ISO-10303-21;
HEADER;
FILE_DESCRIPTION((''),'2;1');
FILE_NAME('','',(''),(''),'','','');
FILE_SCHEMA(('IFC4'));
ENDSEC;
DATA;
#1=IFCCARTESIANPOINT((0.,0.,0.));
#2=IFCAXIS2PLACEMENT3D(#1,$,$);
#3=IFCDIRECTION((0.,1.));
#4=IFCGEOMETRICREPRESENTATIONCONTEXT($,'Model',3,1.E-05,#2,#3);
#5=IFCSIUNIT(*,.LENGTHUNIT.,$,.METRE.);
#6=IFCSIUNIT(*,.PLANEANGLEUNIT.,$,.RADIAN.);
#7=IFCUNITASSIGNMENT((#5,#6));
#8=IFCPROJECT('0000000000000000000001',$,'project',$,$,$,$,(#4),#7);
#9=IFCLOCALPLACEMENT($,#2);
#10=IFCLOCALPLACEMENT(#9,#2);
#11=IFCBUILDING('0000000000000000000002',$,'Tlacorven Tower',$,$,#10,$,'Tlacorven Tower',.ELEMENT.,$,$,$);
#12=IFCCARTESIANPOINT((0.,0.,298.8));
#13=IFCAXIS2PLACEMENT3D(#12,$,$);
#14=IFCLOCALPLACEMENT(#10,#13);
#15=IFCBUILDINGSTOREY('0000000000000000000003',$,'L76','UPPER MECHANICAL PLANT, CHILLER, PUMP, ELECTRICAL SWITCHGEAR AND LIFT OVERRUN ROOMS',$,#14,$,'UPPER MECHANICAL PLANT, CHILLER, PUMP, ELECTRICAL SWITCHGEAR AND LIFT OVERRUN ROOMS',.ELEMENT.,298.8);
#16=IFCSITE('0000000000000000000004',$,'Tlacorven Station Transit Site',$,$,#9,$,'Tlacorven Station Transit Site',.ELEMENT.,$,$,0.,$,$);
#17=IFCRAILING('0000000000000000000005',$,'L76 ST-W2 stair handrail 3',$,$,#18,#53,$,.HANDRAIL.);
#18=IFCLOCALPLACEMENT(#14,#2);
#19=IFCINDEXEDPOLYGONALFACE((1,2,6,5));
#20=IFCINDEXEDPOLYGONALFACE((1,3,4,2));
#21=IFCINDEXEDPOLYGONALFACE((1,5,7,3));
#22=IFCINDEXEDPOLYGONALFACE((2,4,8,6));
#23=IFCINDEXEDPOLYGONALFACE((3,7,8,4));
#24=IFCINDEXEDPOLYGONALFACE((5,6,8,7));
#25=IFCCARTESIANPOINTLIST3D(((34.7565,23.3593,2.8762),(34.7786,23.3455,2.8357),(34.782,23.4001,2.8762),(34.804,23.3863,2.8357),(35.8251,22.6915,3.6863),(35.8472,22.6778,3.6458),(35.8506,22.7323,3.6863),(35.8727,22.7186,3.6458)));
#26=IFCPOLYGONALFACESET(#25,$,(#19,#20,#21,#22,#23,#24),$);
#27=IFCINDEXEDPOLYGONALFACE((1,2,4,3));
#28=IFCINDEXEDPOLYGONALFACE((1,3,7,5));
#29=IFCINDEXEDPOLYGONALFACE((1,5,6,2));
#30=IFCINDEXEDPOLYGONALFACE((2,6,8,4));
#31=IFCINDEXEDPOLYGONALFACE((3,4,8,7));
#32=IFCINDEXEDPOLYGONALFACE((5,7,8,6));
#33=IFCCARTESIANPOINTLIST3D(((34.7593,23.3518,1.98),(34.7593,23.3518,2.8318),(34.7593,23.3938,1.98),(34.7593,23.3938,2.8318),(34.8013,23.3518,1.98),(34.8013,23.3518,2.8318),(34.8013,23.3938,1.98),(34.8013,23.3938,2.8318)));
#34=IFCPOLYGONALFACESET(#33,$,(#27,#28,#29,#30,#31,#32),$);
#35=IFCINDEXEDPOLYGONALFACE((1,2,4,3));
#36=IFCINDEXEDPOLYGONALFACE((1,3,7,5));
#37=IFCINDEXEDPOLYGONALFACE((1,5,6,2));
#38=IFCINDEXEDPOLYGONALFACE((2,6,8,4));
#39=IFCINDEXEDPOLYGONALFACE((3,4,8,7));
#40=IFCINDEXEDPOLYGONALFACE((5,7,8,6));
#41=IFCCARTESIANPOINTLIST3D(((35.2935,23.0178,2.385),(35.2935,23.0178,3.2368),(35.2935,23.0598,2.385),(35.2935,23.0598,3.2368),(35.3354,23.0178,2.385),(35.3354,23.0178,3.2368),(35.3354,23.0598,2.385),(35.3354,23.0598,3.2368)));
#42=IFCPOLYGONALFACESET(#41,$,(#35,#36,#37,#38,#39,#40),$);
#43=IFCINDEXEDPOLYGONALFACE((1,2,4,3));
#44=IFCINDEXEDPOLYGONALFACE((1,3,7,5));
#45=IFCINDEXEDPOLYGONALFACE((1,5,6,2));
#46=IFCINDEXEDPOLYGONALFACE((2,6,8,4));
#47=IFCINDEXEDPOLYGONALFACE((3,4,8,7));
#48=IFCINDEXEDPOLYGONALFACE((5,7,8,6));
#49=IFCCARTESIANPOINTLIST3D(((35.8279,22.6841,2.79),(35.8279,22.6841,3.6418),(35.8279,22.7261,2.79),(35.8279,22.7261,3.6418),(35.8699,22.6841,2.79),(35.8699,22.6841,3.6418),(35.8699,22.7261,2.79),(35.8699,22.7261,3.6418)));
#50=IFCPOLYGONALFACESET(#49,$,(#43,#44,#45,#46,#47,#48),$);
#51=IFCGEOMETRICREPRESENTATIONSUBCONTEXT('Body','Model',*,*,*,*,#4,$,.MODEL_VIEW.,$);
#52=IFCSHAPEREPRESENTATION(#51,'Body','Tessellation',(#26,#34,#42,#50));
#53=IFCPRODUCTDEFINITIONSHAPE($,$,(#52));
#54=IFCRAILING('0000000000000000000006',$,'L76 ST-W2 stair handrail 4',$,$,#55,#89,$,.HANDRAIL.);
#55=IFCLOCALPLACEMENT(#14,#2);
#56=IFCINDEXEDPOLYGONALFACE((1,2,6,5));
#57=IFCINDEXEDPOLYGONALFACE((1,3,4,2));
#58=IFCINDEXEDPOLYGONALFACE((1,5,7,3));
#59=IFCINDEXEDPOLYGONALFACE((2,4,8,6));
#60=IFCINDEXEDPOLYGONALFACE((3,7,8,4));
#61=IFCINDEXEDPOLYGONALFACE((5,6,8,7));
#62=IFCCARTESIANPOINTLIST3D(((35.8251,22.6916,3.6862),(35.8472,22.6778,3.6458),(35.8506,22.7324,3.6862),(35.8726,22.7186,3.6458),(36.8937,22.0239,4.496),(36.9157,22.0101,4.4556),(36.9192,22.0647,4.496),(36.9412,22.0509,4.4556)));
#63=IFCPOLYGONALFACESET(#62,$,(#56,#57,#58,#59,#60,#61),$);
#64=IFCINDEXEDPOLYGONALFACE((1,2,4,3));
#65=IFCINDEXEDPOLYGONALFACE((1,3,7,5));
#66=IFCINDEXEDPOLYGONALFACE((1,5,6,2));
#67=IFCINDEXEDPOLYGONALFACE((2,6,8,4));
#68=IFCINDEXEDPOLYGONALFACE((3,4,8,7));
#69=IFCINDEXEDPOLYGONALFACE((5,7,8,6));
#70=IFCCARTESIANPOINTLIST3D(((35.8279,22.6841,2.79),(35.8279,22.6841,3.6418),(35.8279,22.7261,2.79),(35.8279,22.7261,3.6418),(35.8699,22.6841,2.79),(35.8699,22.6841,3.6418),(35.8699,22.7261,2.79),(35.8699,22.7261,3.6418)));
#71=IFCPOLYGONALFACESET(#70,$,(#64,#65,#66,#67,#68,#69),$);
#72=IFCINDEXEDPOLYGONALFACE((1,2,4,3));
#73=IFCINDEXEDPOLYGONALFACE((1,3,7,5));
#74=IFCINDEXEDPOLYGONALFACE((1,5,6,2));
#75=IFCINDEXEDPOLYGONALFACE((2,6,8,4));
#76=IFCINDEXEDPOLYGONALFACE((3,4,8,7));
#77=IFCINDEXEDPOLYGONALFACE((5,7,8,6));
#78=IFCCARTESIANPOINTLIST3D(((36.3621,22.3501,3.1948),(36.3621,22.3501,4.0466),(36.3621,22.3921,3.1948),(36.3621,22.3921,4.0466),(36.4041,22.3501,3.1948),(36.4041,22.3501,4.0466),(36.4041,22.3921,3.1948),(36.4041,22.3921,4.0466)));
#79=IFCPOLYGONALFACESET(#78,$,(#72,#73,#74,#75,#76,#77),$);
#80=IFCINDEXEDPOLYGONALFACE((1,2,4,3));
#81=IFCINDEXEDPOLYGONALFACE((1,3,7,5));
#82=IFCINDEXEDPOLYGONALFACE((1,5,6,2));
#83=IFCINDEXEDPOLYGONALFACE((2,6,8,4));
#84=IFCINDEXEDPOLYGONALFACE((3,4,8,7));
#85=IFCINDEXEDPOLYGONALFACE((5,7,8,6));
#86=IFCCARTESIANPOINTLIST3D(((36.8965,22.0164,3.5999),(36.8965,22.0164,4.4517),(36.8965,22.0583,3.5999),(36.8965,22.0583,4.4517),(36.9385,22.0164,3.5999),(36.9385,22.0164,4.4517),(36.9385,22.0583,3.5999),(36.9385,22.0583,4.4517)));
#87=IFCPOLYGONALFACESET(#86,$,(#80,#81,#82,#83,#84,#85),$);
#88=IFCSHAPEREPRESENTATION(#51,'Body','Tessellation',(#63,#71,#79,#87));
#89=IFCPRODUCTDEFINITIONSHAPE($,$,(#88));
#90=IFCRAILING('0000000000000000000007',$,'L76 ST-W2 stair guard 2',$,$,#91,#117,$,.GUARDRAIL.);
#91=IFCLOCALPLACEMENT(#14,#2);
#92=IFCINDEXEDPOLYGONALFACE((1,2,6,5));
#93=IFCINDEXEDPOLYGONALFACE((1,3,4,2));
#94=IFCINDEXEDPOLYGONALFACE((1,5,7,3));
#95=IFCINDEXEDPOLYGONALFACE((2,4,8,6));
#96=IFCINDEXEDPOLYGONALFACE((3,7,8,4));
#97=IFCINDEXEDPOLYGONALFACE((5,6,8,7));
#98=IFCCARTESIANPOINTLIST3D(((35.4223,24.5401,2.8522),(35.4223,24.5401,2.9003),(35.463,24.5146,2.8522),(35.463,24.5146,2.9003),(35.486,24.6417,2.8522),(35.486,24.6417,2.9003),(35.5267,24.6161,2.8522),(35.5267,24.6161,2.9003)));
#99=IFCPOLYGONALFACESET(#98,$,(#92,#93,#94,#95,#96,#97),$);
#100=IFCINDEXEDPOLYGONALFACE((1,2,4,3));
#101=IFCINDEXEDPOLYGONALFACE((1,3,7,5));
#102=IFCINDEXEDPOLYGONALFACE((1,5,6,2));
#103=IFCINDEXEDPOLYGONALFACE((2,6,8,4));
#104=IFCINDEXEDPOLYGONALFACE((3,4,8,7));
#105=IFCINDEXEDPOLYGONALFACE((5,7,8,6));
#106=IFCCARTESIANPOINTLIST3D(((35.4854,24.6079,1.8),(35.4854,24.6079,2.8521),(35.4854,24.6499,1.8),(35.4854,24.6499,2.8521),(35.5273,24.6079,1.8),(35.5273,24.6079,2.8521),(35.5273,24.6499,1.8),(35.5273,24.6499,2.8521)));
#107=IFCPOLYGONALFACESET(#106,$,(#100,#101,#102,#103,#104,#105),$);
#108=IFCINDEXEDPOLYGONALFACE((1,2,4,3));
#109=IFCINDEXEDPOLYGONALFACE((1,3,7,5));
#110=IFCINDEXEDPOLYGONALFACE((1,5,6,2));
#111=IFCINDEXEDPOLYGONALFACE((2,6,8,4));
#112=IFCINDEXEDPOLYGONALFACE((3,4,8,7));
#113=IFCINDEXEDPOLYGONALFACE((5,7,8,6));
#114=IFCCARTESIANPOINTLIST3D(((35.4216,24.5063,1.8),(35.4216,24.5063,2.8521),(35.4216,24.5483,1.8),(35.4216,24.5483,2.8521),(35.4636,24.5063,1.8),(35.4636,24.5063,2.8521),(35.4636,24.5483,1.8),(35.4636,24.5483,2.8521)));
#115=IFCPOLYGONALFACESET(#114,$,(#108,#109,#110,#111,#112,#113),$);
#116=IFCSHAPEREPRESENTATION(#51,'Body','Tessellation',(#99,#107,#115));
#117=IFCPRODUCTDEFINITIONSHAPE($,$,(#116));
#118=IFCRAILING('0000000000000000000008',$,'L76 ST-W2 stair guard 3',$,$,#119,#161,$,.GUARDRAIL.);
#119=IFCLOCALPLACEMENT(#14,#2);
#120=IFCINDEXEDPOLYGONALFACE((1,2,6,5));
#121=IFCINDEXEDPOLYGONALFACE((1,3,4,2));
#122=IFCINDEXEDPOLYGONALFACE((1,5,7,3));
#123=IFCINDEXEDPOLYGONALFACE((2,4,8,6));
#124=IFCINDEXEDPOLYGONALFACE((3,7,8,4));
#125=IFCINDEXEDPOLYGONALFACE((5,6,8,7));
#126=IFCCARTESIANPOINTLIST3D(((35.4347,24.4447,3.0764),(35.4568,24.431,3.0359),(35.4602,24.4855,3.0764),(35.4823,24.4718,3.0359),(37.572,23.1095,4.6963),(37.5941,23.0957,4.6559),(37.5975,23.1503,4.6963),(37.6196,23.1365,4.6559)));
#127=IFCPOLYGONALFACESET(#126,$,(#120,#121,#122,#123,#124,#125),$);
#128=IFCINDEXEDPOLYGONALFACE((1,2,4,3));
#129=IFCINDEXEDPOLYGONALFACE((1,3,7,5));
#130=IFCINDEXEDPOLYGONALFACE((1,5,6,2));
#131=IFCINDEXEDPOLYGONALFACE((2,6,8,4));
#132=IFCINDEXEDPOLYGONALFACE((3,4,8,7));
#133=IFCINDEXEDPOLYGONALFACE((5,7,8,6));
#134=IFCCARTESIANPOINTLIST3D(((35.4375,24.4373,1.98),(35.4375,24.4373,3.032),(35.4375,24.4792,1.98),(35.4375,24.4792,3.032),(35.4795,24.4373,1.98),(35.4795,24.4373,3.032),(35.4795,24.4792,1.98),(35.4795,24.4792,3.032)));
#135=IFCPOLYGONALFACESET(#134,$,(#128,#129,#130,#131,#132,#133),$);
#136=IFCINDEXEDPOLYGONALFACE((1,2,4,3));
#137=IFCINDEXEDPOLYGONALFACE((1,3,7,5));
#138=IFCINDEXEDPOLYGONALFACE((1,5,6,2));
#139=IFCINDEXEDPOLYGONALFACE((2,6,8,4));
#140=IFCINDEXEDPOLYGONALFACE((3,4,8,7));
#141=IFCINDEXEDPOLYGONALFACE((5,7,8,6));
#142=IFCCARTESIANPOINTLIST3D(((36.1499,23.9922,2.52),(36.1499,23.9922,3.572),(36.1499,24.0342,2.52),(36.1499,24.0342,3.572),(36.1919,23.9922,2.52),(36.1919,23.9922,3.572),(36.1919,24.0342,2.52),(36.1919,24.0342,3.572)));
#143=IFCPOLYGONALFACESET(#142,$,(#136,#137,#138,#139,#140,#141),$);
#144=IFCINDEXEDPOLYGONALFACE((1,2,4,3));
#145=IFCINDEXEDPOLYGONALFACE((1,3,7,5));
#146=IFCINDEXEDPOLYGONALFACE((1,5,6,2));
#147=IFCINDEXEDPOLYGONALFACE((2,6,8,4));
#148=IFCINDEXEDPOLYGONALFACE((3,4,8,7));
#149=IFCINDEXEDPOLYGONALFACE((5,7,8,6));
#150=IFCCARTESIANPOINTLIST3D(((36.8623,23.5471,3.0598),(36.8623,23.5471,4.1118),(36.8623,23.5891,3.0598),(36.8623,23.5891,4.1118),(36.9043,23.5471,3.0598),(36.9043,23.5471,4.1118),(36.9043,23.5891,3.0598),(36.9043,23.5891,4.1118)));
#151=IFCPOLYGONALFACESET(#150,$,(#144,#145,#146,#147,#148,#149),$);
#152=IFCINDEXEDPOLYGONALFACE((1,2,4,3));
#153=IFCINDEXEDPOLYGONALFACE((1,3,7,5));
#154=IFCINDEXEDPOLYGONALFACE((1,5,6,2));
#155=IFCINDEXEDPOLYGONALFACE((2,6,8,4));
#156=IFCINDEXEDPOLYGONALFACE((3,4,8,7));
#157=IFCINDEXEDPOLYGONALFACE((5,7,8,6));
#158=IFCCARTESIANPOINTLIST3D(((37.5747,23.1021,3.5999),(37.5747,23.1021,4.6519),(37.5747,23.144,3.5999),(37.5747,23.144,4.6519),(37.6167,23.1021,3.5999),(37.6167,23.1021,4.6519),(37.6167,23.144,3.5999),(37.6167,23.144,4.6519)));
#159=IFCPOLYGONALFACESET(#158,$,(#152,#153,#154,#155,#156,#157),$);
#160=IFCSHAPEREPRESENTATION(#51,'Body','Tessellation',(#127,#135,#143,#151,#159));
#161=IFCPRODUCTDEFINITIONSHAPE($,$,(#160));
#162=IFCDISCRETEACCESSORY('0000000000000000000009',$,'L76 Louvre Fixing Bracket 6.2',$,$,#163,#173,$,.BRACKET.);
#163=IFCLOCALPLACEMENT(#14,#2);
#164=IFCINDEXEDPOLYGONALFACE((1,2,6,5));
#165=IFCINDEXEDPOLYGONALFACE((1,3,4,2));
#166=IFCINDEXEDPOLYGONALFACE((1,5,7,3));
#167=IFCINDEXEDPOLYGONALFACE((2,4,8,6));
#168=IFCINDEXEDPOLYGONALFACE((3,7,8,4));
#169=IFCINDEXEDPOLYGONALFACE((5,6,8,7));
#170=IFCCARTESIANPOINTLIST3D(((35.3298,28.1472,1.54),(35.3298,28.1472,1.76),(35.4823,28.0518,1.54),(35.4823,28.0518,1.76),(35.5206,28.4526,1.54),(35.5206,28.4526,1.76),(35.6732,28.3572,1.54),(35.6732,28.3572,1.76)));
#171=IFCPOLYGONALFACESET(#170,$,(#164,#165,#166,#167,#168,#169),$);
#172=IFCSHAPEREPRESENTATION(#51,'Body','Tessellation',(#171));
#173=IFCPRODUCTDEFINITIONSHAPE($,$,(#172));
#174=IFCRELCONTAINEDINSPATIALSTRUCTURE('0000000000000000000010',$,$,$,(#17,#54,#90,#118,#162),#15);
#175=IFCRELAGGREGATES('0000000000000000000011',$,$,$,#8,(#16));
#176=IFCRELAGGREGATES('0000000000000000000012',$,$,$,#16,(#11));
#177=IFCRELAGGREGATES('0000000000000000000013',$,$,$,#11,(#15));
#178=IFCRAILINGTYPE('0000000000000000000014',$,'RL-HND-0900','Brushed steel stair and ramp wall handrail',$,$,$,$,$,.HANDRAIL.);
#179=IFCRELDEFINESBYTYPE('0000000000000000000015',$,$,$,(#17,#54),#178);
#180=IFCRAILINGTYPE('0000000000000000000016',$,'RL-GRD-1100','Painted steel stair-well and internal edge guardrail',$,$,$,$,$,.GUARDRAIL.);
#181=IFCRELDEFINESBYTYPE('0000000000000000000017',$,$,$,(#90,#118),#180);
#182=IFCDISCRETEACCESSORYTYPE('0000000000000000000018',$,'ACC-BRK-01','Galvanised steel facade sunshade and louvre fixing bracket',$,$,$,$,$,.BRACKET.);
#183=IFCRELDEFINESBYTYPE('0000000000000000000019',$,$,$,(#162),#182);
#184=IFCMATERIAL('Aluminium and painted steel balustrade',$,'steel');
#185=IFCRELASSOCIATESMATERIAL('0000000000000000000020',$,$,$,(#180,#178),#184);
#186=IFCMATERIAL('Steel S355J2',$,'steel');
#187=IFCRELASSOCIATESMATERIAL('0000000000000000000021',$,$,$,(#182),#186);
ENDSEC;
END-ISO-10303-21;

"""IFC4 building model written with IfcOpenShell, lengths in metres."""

from ifc_helpers import new_model, si_unit, direction, frame, origin, origin_2d, place, context, subcontext, project, spatial, rectangle, extrude, source, transform, mapped, material, type_object, element, save


model = new_model("IFC4")

# Units and contexts
model_context = context("Model", 3, precision=1e-05, world=origin(), true_north=direction((0.0, 1.0)))
body_context = subcontext(model_context, "Body", "Model", "MODEL_VIEW")
ifc_project = project(units=[si_unit("LENGTHUNIT", "METRE"), si_unit("PLANEANGLEUNIT", "RADIAN")], contexts=[model_context])

# Site, building, storey
site_placement = place(None, origin())
site = spatial("IfcSite", under=ifc_project, at=site_placement, Name="Tlacorven Station Transit Site", LongName="Tlacorven Station Transit Site", CompositionType="ELEMENT", RefElevation=0.0)
building_placement = place(site_placement, origin())
building = spatial("IfcBuilding", under=site, at=building_placement, Name="Tlacorven Tower", LongName="Tlacorven Tower", CompositionType="ELEMENT")
storey_placement = place(building_placement, frame((0.0, 0.0, 298.8)))
storey = spatial("IfcBuildingStorey", under=building, at=storey_placement, Name="L76", Description="UPPER MECHANICAL PLANT, CHILLER, PUMP, ELECTRICAL SWITCHGEAR AND LIFT OVERRUN ROOMS", LongName="UPPER MECHANICAL PLANT, CHILLER, PUMP, ELECTRICAL SWITCHGEAR AND LIFT OVERRUN ROOMS", CompositionType="ELEMENT", Elevation=298.8)

# Shared definitions
ifc_material_1 = material(Name="Steel S355J2", Category="steel")

# Railings
ifc_material_2 = material(Name="Aluminium and painted steel balustrade", Category="steel")
railing_type_1 = type_object("IfcRailingType", Name="RL-GRD-1100", Description="Painted steel stair-well and internal edge guardrail", PredefinedType="GUARDRAIL", material=ifc_material_2)
railing_type_2 = type_object("IfcRailingType", Name="RL-HND-0900", Description="Brushed steel stair and ramp wall handrail", PredefinedType="HANDRAIL", material=ifc_material_2)
shared_shape_1 = source(origin(), body_context, "Body", "SweptSolid", [
    extrude(rectangle(XDim=0.0481, YDim=0.0481, at=origin_2d()), frame((0.0, 0.0, 0.876), z_axis=(0.71336, -0.445748, 0.540765), x_axis=(0.529912, 0.848053, 0.0)), (0.0, 0.0, 1.0), 1.498),
    extrude(rectangle(XDim=0.042, YDim=0.042, at=origin_2d()), origin(), (0.0, 0.0, 1.0), 0.8518),
    extrude(rectangle(XDim=0.042, YDim=0.042, at=origin_2d()), frame((0.5342, -0.334, 0.405)), (0.0, 0.0, 1.0), 0.8518),
    extrude(rectangle(XDim=0.042, YDim=0.042, at=origin_2d()), frame((1.0686, -0.6677, 0.8101)), (0.0, 0.0, 1.0), 0.8518),
])
railing_1_placement = place(storey_placement, frame((34.7803, 23.3728, 1.98)))
element("IfcRailing", 1, at=railing_1_placement, inside=storey, type_object=railing_type_2, Name="L76 ST-W2 stair handrail 3", PredefinedType="HANDRAIL", context=body_context, shape_type="MappedRepresentation", body=[
    mapped(shared_shape_1, transform((0.0, 0.0, 0.0), scale=1.0)),
])
shared_shape_2 = source(origin(), body_context, "Body", "SweptSolid", [
    extrude(rectangle(XDim=0.0481, YDim=0.0481, at=origin_2d()), frame((0.0, 0.0, 0.876), z_axis=(0.713423, -0.445787, 0.540649), x_axis=(0.529912, 0.848053, 0.0)), (0.0, 0.0, 1.0), 1.4978),
    extrude(rectangle(XDim=0.042, YDim=0.042, at=origin_2d()), origin(), (0.0, 0.0, 1.0), 0.8518),
    extrude(rectangle(XDim=0.042, YDim=0.042, at=origin_2d()), frame((0.5342, -0.334, 0.4048)), (0.0, 0.0, 1.0), 0.8518),
    extrude(rectangle(XDim=0.042, YDim=0.042, at=origin_2d()), frame((1.0686, -0.6677, 0.8098)), (0.0, 0.0, 1.0), 0.8518),
])
railing_2_placement = place(storey_placement, frame((35.8489, 22.7051, 2.79)))
element("IfcRailing", 2, at=railing_2_placement, inside=storey, type_object=railing_type_2, Name="L76 ST-W2 stair handrail 4", PredefinedType="HANDRAIL", context=body_context, shape_type="MappedRepresentation", body=[
    mapped(shared_shape_2, transform((0.0, 0.0, 0.0), scale=1.0)),
])
shared_shape_3 = source(origin(), body_context, "Body", "SweptSolid", [
    extrude(rectangle(XDim=0.0481, YDim=0.0481, at=origin_2d()), frame((0.0, 0.0, 1.0762), z_axis=(-0.531462, -0.847082, 0.0), x_axis=(0.847082, -0.531462, 0.0)), (0.0, 0.0, 1.0), 0.1199),
    extrude(rectangle(XDim=0.042, YDim=0.042, at=origin_2d()), origin(), (0.0, 0.0, 1.0), 1.052),
    extrude(rectangle(XDim=0.042, YDim=0.042, at=origin_2d()), frame((-0.0637, -0.1016, 0.0)), (0.0, 0.0, 1.0), 1.052),
])
railing_3_placement = place(storey_placement, frame((35.5063, 24.6289, 1.8)))
element("IfcRailing", 3, at=railing_3_placement, inside=storey, type_object=railing_type_1, Name="L76 ST-W2 stair guard 2", PredefinedType="GUARDRAIL", context=body_context, shape_type="MappedRepresentation", body=[
    mapped(shared_shape_3, transform((0.0, 0.0, 0.0), scale=1.0)),
])
shared_shape_4 = source(origin(), body_context, "Body", "SweptSolid", [
    extrude(rectangle(XDim=0.0481, YDim=0.0481, at=origin_2d()), frame((0.0, 0.0, 1.0762), z_axis=(0.713417, -0.445702, 0.540727), x_axis=(0.529842, 0.848096, 0.0)), (0.0, 0.0, 1.0), 2.9958),
    extrude(rectangle(XDim=0.042, YDim=0.042, at=origin_2d()), origin(), (0.0, 0.0, 1.0), 1.052),
    extrude(rectangle(XDim=0.042, YDim=0.042, at=origin_2d()), frame((0.7124, -0.4451, 0.54)), (0.0, 0.0, 1.0), 1.052),
    extrude(rectangle(XDim=0.042, YDim=0.042, at=origin_2d()), frame((1.4248, -0.8901, 1.0798)), (0.0, 0.0, 1.0), 1.052),
    extrude(rectangle(XDim=0.042, YDim=0.042, at=origin_2d()), frame((2.1372, -1.3352, 1.6199)), (0.0, 0.0, 1.0), 1.052),
])
railing_4_placement = place(storey_placement, frame((35.4585, 24.4583, 1.98)))
element("IfcRailing", 4, at=railing_4_placement, inside=storey, type_object=railing_type_1, Name="L76 ST-W2 stair guard 3", PredefinedType="GUARDRAIL", context=body_context, shape_type="MappedRepresentation", body=[
    mapped(shared_shape_4, transform((0.0, 0.0, 0.0), scale=1.0)),
])

# Discrete accessory
discrete_accessory_type = type_object("IfcDiscreteAccessoryType", Name="ACC-BRK-01", Description="Galvanised steel facade sunshade and louvre fixing bracket", PredefinedType="BRACKET", material=ifc_material_1)
shared_shape_5 = source(origin(), body_context, "Body", "SweptSolid", [
    extrude(rectangle(XDim=0.1799, YDim=0.3601, at=origin_2d()), origin(), (0.0, 0.0, 1.0), 0.22),
])
discrete_accessory_placement = place(storey_placement, frame((35.5015, 28.2522, 1.54), z_axis=(0.0, 0.0, 1.0), x_axis=(0.848048, -0.529919, 0.0)))
element("IfcDiscreteAccessory", 5, at=discrete_accessory_placement, inside=storey, type_object=discrete_accessory_type, Name="L76 Louvre Fixing Bracket 6.2", PredefinedType="BRACKET", context=body_context, shape_type="MappedRepresentation", body=[
    mapped(shared_shape_5, transform((0.0, 0.0, 0.0), scale=1.0)),
])

save(model, "model.ifc")
